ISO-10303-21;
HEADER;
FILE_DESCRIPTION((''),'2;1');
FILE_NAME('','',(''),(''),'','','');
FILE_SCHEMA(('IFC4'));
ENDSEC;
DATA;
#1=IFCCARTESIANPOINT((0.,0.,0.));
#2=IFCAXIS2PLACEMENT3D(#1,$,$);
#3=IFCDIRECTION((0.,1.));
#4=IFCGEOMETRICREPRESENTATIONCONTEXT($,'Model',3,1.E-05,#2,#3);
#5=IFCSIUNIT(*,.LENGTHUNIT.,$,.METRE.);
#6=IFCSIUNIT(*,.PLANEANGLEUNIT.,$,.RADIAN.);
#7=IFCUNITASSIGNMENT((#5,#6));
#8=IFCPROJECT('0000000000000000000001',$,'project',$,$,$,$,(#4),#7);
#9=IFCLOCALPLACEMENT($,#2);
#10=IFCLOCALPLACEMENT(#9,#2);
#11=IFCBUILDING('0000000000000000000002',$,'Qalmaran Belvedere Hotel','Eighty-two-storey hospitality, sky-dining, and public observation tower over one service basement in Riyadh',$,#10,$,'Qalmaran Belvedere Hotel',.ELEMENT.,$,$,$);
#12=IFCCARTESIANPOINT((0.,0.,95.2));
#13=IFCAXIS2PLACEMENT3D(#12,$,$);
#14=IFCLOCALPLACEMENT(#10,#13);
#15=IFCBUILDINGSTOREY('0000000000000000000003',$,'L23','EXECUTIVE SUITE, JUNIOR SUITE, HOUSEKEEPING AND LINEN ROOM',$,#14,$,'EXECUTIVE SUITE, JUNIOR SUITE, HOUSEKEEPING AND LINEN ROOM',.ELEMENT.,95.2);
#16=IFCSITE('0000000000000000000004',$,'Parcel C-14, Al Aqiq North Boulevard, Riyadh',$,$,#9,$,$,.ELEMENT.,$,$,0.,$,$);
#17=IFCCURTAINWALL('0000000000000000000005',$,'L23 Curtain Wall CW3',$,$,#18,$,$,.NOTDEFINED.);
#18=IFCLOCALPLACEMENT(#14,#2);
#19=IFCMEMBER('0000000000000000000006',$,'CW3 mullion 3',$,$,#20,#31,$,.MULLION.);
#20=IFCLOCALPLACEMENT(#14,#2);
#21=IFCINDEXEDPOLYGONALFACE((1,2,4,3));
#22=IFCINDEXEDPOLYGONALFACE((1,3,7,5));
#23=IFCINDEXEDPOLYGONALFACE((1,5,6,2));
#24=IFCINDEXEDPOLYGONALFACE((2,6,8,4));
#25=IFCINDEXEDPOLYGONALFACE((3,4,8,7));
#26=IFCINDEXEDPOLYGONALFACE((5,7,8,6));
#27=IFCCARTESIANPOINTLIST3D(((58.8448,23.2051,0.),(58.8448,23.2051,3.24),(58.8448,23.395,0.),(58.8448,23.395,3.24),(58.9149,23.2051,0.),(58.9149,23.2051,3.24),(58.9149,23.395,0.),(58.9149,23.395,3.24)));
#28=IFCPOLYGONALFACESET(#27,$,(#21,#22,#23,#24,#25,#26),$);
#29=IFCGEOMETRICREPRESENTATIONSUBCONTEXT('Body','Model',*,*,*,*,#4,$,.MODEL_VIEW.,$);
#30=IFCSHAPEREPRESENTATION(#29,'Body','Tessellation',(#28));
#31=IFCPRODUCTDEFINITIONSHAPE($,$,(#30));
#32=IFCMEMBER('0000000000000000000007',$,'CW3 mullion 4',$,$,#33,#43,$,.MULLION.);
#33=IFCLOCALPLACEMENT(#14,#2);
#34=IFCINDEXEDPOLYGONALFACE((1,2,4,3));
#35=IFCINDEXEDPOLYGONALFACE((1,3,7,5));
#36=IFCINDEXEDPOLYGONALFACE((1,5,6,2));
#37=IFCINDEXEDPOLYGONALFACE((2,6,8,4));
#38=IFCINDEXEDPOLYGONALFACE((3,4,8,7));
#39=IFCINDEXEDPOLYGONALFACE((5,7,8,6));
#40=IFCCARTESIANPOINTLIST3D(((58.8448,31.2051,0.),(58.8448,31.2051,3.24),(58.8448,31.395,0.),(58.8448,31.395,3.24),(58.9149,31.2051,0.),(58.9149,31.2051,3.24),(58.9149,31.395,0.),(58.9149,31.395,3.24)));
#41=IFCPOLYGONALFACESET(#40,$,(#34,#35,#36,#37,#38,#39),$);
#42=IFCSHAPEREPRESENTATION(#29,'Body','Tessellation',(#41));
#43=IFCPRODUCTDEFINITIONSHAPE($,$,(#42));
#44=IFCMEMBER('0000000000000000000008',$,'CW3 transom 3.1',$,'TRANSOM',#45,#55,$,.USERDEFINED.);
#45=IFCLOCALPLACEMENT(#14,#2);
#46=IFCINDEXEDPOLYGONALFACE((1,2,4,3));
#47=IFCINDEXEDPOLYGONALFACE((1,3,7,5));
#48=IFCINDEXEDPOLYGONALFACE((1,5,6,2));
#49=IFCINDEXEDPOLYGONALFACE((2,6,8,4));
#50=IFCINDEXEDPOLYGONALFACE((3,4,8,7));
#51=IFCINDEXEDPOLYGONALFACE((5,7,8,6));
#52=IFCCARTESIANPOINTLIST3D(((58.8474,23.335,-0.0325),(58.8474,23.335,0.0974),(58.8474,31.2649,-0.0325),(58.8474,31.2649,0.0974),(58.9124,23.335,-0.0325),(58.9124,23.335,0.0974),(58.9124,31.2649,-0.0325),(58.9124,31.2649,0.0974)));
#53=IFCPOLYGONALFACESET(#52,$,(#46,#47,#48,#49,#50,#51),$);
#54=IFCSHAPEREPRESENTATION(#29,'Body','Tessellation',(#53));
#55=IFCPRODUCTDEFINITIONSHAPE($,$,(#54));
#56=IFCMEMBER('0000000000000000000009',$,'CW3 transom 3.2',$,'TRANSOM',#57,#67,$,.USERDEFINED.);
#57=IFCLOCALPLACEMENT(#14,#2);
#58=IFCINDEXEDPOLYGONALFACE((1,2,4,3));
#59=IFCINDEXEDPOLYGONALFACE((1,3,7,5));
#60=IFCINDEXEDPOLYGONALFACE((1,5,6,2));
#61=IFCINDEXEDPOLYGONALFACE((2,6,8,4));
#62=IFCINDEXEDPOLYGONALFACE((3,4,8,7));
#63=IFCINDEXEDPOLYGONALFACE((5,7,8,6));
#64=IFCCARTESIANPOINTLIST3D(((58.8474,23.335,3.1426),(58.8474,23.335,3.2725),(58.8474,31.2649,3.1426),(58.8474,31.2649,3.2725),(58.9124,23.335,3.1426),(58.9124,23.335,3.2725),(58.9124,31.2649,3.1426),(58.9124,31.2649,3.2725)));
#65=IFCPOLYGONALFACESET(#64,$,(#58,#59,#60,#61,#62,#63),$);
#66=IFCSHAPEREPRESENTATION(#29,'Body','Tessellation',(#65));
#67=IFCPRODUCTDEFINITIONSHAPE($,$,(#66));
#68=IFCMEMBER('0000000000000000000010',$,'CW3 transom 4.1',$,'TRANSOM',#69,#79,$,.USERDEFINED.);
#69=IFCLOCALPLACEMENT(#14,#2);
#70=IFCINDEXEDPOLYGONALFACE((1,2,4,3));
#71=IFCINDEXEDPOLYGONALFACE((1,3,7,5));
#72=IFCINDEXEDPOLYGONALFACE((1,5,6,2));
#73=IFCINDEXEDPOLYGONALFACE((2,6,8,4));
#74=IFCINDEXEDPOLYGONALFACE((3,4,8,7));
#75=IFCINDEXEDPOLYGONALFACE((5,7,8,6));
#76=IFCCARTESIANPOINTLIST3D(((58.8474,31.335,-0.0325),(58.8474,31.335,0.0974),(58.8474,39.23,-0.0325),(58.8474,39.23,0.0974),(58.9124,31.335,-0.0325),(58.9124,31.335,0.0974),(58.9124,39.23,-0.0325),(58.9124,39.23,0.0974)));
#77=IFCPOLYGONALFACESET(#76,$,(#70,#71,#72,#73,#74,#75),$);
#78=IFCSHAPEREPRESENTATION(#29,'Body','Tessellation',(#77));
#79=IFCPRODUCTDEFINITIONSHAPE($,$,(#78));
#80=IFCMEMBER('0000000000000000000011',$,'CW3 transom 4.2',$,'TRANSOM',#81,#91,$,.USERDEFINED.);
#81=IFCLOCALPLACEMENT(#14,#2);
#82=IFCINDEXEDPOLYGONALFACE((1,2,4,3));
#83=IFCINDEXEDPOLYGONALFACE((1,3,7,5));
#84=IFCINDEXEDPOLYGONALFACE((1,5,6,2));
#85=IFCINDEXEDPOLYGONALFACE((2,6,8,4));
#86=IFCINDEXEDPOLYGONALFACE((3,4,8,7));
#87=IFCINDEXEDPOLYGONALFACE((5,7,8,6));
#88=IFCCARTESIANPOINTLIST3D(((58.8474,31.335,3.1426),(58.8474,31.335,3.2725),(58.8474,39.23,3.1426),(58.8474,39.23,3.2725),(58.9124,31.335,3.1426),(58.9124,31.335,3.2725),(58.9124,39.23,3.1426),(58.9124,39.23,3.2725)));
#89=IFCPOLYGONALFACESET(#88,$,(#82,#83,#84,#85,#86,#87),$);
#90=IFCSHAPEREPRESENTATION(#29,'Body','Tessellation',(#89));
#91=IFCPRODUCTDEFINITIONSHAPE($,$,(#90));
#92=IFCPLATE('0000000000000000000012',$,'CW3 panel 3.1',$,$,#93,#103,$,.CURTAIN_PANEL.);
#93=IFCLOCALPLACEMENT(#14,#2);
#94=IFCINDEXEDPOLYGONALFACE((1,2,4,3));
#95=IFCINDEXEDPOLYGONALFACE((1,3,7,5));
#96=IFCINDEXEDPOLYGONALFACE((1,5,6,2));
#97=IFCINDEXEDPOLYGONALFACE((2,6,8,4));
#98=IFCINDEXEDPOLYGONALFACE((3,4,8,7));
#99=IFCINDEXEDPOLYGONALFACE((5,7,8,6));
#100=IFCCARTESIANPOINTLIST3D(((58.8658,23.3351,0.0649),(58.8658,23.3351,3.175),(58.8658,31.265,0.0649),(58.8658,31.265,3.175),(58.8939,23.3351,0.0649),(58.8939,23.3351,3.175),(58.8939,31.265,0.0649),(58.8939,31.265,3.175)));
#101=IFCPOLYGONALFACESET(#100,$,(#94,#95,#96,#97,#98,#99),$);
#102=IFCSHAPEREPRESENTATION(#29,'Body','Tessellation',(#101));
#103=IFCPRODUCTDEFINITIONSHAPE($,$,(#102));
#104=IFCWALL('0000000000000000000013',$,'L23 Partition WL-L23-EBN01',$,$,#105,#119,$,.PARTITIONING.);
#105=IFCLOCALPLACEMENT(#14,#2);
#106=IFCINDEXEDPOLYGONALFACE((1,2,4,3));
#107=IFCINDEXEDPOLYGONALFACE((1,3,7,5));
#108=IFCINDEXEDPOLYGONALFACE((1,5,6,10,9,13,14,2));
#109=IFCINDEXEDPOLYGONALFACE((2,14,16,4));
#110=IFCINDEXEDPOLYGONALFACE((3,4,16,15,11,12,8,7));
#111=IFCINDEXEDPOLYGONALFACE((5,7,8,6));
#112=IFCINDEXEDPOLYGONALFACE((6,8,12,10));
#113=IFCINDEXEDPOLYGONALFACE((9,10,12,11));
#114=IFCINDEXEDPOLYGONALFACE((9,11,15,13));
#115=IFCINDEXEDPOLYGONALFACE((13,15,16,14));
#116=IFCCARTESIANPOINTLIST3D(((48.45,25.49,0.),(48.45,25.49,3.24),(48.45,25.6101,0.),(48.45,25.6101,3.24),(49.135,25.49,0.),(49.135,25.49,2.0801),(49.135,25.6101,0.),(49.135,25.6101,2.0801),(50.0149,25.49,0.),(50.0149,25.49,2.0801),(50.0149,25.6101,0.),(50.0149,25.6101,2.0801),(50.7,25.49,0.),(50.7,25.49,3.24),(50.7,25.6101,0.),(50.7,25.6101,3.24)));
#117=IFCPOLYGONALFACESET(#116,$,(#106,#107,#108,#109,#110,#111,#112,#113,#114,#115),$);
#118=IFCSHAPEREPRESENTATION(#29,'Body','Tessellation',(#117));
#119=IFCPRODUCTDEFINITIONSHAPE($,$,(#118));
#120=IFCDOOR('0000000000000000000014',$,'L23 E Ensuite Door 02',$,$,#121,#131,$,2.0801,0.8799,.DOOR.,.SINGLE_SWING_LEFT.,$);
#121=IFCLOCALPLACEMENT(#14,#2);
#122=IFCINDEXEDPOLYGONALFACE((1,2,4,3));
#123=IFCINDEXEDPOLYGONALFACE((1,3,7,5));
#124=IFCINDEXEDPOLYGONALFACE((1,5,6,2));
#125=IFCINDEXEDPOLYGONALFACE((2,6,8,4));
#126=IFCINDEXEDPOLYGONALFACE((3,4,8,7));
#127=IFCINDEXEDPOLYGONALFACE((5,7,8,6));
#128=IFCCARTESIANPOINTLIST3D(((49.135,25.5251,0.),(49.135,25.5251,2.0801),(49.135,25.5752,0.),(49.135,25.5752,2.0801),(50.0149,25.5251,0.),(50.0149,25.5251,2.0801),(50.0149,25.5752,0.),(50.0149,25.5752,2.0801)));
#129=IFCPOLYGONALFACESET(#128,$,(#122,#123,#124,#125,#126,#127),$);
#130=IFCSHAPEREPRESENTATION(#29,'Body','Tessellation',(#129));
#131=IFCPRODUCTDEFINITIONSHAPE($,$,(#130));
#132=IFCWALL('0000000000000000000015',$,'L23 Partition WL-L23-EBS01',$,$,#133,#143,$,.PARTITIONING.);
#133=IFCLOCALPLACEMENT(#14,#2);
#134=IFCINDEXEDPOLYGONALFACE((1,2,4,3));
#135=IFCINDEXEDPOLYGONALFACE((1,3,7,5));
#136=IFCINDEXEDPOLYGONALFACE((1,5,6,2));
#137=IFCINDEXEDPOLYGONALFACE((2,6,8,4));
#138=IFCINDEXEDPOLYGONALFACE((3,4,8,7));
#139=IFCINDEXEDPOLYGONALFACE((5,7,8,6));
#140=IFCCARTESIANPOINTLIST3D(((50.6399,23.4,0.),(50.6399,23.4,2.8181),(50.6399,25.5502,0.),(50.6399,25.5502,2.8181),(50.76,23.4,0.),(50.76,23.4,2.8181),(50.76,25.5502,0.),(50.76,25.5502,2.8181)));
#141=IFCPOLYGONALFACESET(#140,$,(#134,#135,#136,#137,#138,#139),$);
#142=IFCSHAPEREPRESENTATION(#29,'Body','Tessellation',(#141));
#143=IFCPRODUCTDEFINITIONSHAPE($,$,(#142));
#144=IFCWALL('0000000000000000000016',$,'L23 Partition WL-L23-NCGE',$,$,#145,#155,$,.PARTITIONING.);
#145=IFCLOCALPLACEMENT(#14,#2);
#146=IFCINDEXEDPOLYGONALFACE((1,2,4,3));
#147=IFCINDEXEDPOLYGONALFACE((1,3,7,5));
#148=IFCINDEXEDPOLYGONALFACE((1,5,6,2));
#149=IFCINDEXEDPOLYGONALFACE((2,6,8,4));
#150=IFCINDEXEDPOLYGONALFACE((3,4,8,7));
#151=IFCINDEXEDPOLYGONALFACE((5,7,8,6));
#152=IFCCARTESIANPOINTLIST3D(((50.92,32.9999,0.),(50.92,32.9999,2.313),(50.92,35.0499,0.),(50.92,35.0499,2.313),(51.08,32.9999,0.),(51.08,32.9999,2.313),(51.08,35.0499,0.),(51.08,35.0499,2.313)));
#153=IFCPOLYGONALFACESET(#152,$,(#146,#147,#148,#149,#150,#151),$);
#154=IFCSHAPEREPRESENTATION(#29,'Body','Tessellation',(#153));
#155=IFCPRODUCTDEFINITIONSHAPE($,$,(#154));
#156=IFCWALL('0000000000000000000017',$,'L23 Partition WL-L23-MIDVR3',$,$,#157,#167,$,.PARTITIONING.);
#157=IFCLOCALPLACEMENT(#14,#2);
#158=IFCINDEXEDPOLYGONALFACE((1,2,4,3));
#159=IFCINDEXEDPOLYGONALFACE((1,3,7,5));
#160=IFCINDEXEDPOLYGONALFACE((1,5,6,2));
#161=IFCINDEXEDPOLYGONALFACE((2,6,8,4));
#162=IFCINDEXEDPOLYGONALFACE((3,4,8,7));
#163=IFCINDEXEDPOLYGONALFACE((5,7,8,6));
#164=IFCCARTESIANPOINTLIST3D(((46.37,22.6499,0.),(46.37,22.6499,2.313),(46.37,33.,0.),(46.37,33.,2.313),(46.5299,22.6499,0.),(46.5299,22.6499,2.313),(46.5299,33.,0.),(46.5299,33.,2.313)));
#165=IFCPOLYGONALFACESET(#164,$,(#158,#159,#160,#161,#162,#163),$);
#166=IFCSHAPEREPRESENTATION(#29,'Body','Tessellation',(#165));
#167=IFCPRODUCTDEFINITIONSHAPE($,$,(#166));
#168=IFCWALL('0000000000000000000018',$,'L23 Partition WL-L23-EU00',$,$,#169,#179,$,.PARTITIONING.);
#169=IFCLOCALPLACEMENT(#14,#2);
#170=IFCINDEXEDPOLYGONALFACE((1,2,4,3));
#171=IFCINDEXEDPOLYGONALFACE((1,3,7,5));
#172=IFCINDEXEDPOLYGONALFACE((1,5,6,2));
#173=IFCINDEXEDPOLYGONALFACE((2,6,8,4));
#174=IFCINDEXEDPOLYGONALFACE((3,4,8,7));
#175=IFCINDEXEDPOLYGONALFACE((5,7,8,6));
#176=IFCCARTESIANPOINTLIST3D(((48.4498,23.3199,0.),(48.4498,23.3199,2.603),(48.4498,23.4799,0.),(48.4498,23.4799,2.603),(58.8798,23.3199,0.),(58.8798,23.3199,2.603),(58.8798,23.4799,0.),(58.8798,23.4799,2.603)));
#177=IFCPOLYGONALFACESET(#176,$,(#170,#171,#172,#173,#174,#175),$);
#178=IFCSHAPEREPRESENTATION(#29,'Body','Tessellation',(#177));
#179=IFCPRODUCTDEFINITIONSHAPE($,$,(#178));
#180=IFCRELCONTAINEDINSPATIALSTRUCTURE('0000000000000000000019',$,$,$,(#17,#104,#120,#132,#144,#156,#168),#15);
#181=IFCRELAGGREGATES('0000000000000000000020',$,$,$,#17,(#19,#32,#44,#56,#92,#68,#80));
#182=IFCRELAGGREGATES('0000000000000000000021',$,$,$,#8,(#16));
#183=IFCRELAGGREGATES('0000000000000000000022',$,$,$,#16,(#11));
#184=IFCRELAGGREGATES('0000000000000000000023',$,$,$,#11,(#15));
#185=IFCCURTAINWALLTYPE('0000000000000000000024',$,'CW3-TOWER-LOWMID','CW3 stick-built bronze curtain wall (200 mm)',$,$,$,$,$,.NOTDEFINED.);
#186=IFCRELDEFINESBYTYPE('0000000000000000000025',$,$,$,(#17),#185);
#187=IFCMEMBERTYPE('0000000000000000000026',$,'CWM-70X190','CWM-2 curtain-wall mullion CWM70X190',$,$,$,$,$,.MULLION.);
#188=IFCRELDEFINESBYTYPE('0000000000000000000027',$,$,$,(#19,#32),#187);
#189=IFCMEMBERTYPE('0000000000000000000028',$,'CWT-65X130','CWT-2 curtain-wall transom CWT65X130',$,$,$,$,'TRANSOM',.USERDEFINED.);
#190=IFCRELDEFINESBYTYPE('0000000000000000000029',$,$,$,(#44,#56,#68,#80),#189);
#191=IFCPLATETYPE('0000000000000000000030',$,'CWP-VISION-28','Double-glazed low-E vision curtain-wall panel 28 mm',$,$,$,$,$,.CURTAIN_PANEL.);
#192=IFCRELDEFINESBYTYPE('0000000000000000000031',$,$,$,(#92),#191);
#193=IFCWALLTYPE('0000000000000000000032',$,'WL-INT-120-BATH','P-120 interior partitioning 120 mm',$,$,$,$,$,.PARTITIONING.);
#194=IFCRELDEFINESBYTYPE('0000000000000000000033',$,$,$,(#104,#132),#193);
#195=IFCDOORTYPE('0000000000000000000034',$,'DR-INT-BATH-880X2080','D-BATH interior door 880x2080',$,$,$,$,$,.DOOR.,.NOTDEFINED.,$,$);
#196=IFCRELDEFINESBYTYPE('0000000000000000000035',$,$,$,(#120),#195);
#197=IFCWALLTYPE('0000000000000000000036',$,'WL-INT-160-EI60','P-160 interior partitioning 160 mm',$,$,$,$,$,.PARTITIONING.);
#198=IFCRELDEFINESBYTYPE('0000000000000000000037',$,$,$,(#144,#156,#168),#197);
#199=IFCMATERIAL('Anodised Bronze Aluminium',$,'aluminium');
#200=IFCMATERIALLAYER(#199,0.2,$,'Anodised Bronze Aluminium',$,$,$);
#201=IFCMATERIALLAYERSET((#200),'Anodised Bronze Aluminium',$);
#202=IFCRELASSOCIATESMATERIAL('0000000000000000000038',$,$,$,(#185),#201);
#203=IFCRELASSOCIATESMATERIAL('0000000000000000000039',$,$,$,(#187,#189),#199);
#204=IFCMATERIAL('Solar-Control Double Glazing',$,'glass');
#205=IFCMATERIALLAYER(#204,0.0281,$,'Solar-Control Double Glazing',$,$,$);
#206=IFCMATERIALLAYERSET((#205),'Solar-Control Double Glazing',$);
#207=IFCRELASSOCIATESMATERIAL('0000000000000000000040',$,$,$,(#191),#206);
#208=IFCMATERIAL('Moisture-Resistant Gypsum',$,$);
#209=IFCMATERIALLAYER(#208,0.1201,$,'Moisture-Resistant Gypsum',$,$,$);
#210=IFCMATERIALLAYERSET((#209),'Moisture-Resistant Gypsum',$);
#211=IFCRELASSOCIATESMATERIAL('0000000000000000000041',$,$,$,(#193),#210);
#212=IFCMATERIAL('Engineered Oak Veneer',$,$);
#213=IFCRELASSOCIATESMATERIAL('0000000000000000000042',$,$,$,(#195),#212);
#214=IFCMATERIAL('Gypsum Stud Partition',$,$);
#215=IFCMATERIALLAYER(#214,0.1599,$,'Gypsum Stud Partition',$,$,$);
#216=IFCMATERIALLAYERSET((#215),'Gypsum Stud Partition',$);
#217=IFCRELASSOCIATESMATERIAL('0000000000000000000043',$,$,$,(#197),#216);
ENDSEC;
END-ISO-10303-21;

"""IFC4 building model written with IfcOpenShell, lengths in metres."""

from ifc_helpers import new_model, si_unit, direction, frame, frame_2d, origin, origin_2d, place, context, subcontext, project, spatial, rectangle, extrude, material, layer, layer_set, material_profile, profile_set, type_object, element, fill, aggregate, save


model = new_model("IFC4")

# Units and contexts
model_context = context("Model", 3, precision=1e-05, world=origin(), true_north=direction((0.0, 1.0)))
body_context = subcontext(model_context, "Body", "Model", "MODEL_VIEW")
ifc_project = project(units=[si_unit("LENGTHUNIT", "METRE"), si_unit("PLANEANGLEUNIT", "RADIAN")], contexts=[model_context])

# Site, building, storey
site_placement = place(None, origin())
site = spatial("IfcSite", under=ifc_project, at=site_placement, Name="Parcel C-14, Al Aqiq North Boulevard, Riyadh", CompositionType="ELEMENT", RefElevation=0.0)
building_placement = place(site_placement, origin())
building = spatial("IfcBuilding", under=site, at=building_placement, Name="Qalmaran Belvedere Hotel", Description="Eighty-two-storey hospitality, sky-dining, and public observation tower over one service basement in Riyadh", LongName="Qalmaran Belvedere Hotel", CompositionType="ELEMENT")
storey_placement = place(building_placement, frame((0.0, 0.0, 95.2)))
storey = spatial("IfcBuildingStorey", under=building, at=storey_placement, Name="L23", Description="EXECUTIVE SUITE, JUNIOR SUITE, HOUSEKEEPING AND LINEN ROOM", LongName="EXECUTIVE SUITE, JUNIOR SUITE, HOUSEKEEPING AND LINEN ROOM", CompositionType="ELEMENT", Elevation=95.2)

# Curtain wall, members, plate
ifc_material_1 = material(Name="Anodised Bronze Aluminium", Category="aluminium")
ifc_layer_1 = layer(ifc_material_1, 0.2, Name="Anodised Bronze Aluminium")
ifc_layer_set_1 = layer_set([ifc_layer_1], Name="Anodised Bronze Aluminium")
curtain_wall_type = type_object("IfcCurtainWallType", Name="CW3-TOWER-LOWMID", Description="CW3 stick-built bronze curtain wall (200 mm)", PredefinedType="NOTDEFINED", material=ifc_layer_set_1)
curtain_wall_placement = place(storey_placement, origin())
curtain_wall = element("IfcCurtainWall", 1, at=curtain_wall_placement, inside=storey, type_object=curtain_wall_type, Name="L23 Curtain Wall CW3", PredefinedType="NOTDEFINED")
ifc_material_profile_1 = material_profile(ifc_material_1, rectangle(XDim=0.0701, YDim=0.1899, at=origin_2d()), Name="CWM70X190")
ifc_profile_set_1 = profile_set([ifc_material_profile_1], Name="Anodised Bronze Aluminium")
member_type_1 = type_object("IfcMemberType", Name="CWM-70X190", Description="CWM-2 curtain-wall mullion CWM70X190", PredefinedType="MULLION", material=ifc_profile_set_1)
member_1_placement = place(storey_placement, frame((58.8799, 23.3, 0.0), z_axis=(0.0, 0.0, 1.0), x_axis=(-1.0, 0.0, 0.0)))
member_1 = element("IfcMember", 2, at=member_1_placement, type_object=member_type_1, Name="CW3 mullion 3", PredefinedType="MULLION", context=body_context, shape_type="SweptSolid", body=[
    extrude(rectangle(XDim=0.0701, YDim=0.1899, at=origin_2d()), origin(), (0.0, 0.0, 1.0), 3.24),
])
member_2_placement = place(storey_placement, frame((58.8799, 31.3, 0.0), z_axis=(0.0, 0.0, 1.0), x_axis=(-1.0, 0.0, 0.0)))
member_2 = element("IfcMember", 3, at=member_2_placement, type_object=member_type_1, Name="CW3 mullion 4", PredefinedType="MULLION", context=body_context, shape_type="SweptSolid", body=[
    extrude(rectangle(XDim=0.0701, YDim=0.1899, at=origin_2d()), origin(), (0.0, 0.0, 1.0), 3.24),
])
ifc_material_profile_2 = material_profile(ifc_material_1, rectangle(XDim=0.0649, YDim=0.1299, at=origin_2d()), Name="CWT65X130")
ifc_profile_set_2 = profile_set([ifc_material_profile_2], Name="Anodised Bronze Aluminium")
member_type_2 = type_object("IfcMemberType", Name="CWT-65X130", Description="CWT-2 curtain-wall transom CWT65X130", ElementType="TRANSOM", PredefinedType="USERDEFINED", material=ifc_profile_set_2)
member_3_placement = place(storey_placement, frame((58.8799, 23.335, 0.0325), z_axis=(0.0, 1.0, 0.0), x_axis=(-1.0, 0.0, 0.0)))
member_3 = element("IfcMember", 4, at=member_3_placement, type_object=member_type_2, Name="CW3 transom 3.1", ObjectType="TRANSOM", PredefinedType="USERDEFINED", context=body_context, shape_type="SweptSolid", body=[
    extrude(rectangle(XDim=0.0649, YDim=0.1299, at=origin_2d()), origin(), (0.0, 0.0, 1.0), 7.9299),
])
member_4_placement = place(storey_placement, frame((58.8799, 23.335, 3.2075), z_axis=(0.0, 1.0, 0.0), x_axis=(-1.0, 0.0, 0.0)))
member_4 = element("IfcMember", 5, at=member_4_placement, type_object=member_type_2, Name="CW3 transom 3.2", ObjectType="TRANSOM", PredefinedType="USERDEFINED", context=body_context, shape_type="SweptSolid", body=[
    extrude(rectangle(XDim=0.0649, YDim=0.1299, at=origin_2d()), origin(), (0.0, 0.0, 1.0), 7.9299),
])
member_5_placement = place(storey_placement, frame((58.8799, 31.335, 0.0325), z_axis=(0.0, 1.0, 0.0), x_axis=(-1.0, 0.0, 0.0)))
member_5 = element("IfcMember", 6, at=member_5_placement, type_object=member_type_2, Name="CW3 transom 4.1", ObjectType="TRANSOM", PredefinedType="USERDEFINED", context=body_context, shape_type="SweptSolid", body=[
    extrude(rectangle(XDim=0.0649, YDim=0.1299, at=origin_2d()), origin(), (0.0, 0.0, 1.0), 7.895),
])
member_6_placement = place(storey_placement, frame((58.8799, 31.335, 3.2075), z_axis=(0.0, 1.0, 0.0), x_axis=(-1.0, 0.0, 0.0)))
member_6 = element("IfcMember", 7, at=member_6_placement, type_object=member_type_2, Name="CW3 transom 4.2", ObjectType="TRANSOM", PredefinedType="USERDEFINED", context=body_context, shape_type="SweptSolid", body=[
    extrude(rectangle(XDim=0.0649, YDim=0.1299, at=origin_2d()), origin(), (0.0, 0.0, 1.0), 7.895),
])
ifc_material_2 = material(Name="Solar-Control Double Glazing", Category="glass")
ifc_layer_2 = layer(ifc_material_2, 0.0281, Name="Solar-Control Double Glazing")
ifc_layer_set_2 = layer_set([ifc_layer_2], Name="Solar-Control Double Glazing")
plate_type = type_object("IfcPlateType", Name="CWP-VISION-28", Description="Double-glazed low-E vision curtain-wall panel 28 mm", PredefinedType="CURTAIN_PANEL", material=ifc_layer_set_2)
plate_placement = place(storey_placement, frame((58.8799, 27.3, 0.0649), z_axis=(0.0, 0.0, 1.0), x_axis=(0.0, 1.0, 0.0)))
plate = element("IfcPlate", 8, at=plate_placement, type_object=plate_type, Name="CW3 panel 3.1", PredefinedType="CURTAIN_PANEL", context=body_context, shape_type="SweptSolid", body=[
    extrude(rectangle(XDim=7.9299, YDim=0.0281, at=origin_2d()), origin(), (0.0, 0.0, 1.0), 3.1101),
])
aggregate(curtain_wall, [member_1, member_2, member_3, member_4, plate, member_5, member_6])

# Wall, opening, door
ifc_material_3 = material(Name="Moisture-Resistant Gypsum")
ifc_layer_3 = layer(ifc_material_3, 0.1201, Name="Moisture-Resistant Gypsum")
ifc_layer_set_3 = layer_set([ifc_layer_3], Name="Moisture-Resistant Gypsum")
wall_type_1 = type_object("IfcWallType", Name="WL-INT-120-BATH", Description="P-120 interior partitioning 120 mm", PredefinedType="PARTITIONING", material=ifc_layer_set_3)
wall_1_placement = place(storey_placement, frame((48.45, 25.55, 0.0), z_axis=(0.0, 0.0, 1.0), x_axis=(1.0, 0.0, 0.0)))
wall_1 = element("IfcWall", 9, at=wall_1_placement, inside=storey, type_object=wall_type_1, Name="L23 Partition WL-L23-EBN01", PredefinedType="PARTITIONING", context=body_context, shape_type="SweptSolid", body=[
    extrude(rectangle(XDim=2.25, YDim=0.1201, at=frame_2d((1.125, 0.0))), origin(), (0.0, 0.0, 1.0), 3.24),
])
opening_1_placement = place(wall_1_placement, frame((1.5649, 0.0, 0.0), z_axis=(0.0, 0.0, 1.0), x_axis=(-1.0, 0.0, 0.0)))
opening_1 = element("IfcOpeningElement", 10, at=opening_1_placement, cuts=wall_1, PredefinedType="OPENING", context=body_context, shape_type="SweptSolid", body=[
    extrude(rectangle(XDim=0.8799, YDim=2.0801, at=frame_2d((0.4399, 1.04))), frame((0.0, 0.0701, 0.0), z_axis=(0.0, -1.0, 0.0), x_axis=(1.0, 0.0, 0.0)), (0.0, 0.0, 1.0), 0.1401),
])
ifc_material_4 = material(Name="Engineered Oak Veneer")
door_type_1 = type_object("IfcDoorType", Name="DR-INT-BATH-880X2080", Description="D-BATH interior door 880x2080", OperationType="NOTDEFINED", PredefinedType="DOOR", material=ifc_material_4)
door_1_placement = place(opening_1_placement, origin())
door_1 = element("IfcDoor", 11, at=door_1_placement, inside=storey, type_object=door_type_1, Name="L23 E Ensuite Door 02", OperationType="SINGLE_SWING_LEFT", OverallHeight=2.0801, OverallWidth=0.8799, PredefinedType="DOOR", context=body_context, shape_type="SweptSolid", body=[
    extrude(rectangle(XDim=0.8799, YDim=2.0801, at=frame_2d((0.4399, 1.04))), frame((0.0, 0.0249, 0.0), z_axis=(0.0, -1.0, 0.0), x_axis=(1.0, 0.0, 0.0)), (0.0, 0.0, 1.0), 0.05),
])
fill(opening_1, door_1)

# Wall
wall_2_placement = place(storey_placement, frame((50.7, 23.3999, 0.0), z_axis=(0.0, 0.0, 1.0), x_axis=(0.0, 1.0, 0.0)))
element("IfcWall", 12, at=wall_2_placement, inside=storey, type_object=wall_type_1, Name="L23 Partition WL-L23-EBS01", PredefinedType="PARTITIONING", context=body_context, shape_type="SweptSolid", body=[
    extrude(rectangle(XDim=2.1501, YDim=0.1201, at=frame_2d((1.0752, 0.0))), origin(), (0.0, 0.0, 1.0), 2.8181),
])

# Shared definitions
ifc_material_5 = material(Name="Gypsum Stud Partition")

# Walls
ifc_layer_4 = layer(ifc_material_5, 0.1599, Name="Gypsum Stud Partition")
ifc_layer_set_4 = layer_set([ifc_layer_4], Name="Gypsum Stud Partition")
wall_type_2 = type_object("IfcWallType", Name="WL-INT-160-EI60", Description="P-160 interior partitioning 160 mm", PredefinedType="PARTITIONING", material=ifc_layer_set_4)
wall_3_placement = place(storey_placement, frame((51.0, 33.0, 0.0), z_axis=(0.0, 0.0, 1.0), x_axis=(0.0, 1.0, 0.0)))
element("IfcWall", 13, at=wall_3_placement, inside=storey, type_object=wall_type_2, Name="L23 Partition WL-L23-NCGE", PredefinedType="PARTITIONING", context=body_context, shape_type="SweptSolid", body=[
    extrude(rectangle(XDim=2.05, YDim=0.1599, at=frame_2d((1.0249, 0.0))), origin(), (0.0, 0.0, 1.0), 2.313),
])
wall_4_placement = place(storey_placement, frame((46.45, 22.6499, 0.0), z_axis=(0.0, 0.0, 1.0), x_axis=(0.0, 1.0, 0.0)))
element("IfcWall", 14, at=wall_4_placement, inside=storey, type_object=wall_type_2, Name="L23 Partition WL-L23-MIDVR3", PredefinedType="PARTITIONING", context=body_context, shape_type="SweptSolid", body=[
    extrude(rectangle(XDim=10.3501, YDim=0.1599, at=frame_2d((5.175, 0.0))), origin(), (0.0, 0.0, 1.0), 2.313),
])
wall_5_placement = place(storey_placement, frame((48.45, 23.3999, 0.0), z_axis=(0.0, 0.0, 1.0), x_axis=(1.0, 0.0, 0.0)))
element("IfcWall", 15, at=wall_5_placement, inside=storey, type_object=wall_type_2, Name="L23 Partition WL-L23-EU00", PredefinedType="PARTITIONING", context=body_context, shape_type="SweptSolid", body=[
    extrude(rectangle(XDim=10.4299, YDim=0.1599, at=frame_2d((5.2148, 0.0))), origin(), (0.0, 0.0, 1.0), 2.603),
])

save(model, "model.ifc")
